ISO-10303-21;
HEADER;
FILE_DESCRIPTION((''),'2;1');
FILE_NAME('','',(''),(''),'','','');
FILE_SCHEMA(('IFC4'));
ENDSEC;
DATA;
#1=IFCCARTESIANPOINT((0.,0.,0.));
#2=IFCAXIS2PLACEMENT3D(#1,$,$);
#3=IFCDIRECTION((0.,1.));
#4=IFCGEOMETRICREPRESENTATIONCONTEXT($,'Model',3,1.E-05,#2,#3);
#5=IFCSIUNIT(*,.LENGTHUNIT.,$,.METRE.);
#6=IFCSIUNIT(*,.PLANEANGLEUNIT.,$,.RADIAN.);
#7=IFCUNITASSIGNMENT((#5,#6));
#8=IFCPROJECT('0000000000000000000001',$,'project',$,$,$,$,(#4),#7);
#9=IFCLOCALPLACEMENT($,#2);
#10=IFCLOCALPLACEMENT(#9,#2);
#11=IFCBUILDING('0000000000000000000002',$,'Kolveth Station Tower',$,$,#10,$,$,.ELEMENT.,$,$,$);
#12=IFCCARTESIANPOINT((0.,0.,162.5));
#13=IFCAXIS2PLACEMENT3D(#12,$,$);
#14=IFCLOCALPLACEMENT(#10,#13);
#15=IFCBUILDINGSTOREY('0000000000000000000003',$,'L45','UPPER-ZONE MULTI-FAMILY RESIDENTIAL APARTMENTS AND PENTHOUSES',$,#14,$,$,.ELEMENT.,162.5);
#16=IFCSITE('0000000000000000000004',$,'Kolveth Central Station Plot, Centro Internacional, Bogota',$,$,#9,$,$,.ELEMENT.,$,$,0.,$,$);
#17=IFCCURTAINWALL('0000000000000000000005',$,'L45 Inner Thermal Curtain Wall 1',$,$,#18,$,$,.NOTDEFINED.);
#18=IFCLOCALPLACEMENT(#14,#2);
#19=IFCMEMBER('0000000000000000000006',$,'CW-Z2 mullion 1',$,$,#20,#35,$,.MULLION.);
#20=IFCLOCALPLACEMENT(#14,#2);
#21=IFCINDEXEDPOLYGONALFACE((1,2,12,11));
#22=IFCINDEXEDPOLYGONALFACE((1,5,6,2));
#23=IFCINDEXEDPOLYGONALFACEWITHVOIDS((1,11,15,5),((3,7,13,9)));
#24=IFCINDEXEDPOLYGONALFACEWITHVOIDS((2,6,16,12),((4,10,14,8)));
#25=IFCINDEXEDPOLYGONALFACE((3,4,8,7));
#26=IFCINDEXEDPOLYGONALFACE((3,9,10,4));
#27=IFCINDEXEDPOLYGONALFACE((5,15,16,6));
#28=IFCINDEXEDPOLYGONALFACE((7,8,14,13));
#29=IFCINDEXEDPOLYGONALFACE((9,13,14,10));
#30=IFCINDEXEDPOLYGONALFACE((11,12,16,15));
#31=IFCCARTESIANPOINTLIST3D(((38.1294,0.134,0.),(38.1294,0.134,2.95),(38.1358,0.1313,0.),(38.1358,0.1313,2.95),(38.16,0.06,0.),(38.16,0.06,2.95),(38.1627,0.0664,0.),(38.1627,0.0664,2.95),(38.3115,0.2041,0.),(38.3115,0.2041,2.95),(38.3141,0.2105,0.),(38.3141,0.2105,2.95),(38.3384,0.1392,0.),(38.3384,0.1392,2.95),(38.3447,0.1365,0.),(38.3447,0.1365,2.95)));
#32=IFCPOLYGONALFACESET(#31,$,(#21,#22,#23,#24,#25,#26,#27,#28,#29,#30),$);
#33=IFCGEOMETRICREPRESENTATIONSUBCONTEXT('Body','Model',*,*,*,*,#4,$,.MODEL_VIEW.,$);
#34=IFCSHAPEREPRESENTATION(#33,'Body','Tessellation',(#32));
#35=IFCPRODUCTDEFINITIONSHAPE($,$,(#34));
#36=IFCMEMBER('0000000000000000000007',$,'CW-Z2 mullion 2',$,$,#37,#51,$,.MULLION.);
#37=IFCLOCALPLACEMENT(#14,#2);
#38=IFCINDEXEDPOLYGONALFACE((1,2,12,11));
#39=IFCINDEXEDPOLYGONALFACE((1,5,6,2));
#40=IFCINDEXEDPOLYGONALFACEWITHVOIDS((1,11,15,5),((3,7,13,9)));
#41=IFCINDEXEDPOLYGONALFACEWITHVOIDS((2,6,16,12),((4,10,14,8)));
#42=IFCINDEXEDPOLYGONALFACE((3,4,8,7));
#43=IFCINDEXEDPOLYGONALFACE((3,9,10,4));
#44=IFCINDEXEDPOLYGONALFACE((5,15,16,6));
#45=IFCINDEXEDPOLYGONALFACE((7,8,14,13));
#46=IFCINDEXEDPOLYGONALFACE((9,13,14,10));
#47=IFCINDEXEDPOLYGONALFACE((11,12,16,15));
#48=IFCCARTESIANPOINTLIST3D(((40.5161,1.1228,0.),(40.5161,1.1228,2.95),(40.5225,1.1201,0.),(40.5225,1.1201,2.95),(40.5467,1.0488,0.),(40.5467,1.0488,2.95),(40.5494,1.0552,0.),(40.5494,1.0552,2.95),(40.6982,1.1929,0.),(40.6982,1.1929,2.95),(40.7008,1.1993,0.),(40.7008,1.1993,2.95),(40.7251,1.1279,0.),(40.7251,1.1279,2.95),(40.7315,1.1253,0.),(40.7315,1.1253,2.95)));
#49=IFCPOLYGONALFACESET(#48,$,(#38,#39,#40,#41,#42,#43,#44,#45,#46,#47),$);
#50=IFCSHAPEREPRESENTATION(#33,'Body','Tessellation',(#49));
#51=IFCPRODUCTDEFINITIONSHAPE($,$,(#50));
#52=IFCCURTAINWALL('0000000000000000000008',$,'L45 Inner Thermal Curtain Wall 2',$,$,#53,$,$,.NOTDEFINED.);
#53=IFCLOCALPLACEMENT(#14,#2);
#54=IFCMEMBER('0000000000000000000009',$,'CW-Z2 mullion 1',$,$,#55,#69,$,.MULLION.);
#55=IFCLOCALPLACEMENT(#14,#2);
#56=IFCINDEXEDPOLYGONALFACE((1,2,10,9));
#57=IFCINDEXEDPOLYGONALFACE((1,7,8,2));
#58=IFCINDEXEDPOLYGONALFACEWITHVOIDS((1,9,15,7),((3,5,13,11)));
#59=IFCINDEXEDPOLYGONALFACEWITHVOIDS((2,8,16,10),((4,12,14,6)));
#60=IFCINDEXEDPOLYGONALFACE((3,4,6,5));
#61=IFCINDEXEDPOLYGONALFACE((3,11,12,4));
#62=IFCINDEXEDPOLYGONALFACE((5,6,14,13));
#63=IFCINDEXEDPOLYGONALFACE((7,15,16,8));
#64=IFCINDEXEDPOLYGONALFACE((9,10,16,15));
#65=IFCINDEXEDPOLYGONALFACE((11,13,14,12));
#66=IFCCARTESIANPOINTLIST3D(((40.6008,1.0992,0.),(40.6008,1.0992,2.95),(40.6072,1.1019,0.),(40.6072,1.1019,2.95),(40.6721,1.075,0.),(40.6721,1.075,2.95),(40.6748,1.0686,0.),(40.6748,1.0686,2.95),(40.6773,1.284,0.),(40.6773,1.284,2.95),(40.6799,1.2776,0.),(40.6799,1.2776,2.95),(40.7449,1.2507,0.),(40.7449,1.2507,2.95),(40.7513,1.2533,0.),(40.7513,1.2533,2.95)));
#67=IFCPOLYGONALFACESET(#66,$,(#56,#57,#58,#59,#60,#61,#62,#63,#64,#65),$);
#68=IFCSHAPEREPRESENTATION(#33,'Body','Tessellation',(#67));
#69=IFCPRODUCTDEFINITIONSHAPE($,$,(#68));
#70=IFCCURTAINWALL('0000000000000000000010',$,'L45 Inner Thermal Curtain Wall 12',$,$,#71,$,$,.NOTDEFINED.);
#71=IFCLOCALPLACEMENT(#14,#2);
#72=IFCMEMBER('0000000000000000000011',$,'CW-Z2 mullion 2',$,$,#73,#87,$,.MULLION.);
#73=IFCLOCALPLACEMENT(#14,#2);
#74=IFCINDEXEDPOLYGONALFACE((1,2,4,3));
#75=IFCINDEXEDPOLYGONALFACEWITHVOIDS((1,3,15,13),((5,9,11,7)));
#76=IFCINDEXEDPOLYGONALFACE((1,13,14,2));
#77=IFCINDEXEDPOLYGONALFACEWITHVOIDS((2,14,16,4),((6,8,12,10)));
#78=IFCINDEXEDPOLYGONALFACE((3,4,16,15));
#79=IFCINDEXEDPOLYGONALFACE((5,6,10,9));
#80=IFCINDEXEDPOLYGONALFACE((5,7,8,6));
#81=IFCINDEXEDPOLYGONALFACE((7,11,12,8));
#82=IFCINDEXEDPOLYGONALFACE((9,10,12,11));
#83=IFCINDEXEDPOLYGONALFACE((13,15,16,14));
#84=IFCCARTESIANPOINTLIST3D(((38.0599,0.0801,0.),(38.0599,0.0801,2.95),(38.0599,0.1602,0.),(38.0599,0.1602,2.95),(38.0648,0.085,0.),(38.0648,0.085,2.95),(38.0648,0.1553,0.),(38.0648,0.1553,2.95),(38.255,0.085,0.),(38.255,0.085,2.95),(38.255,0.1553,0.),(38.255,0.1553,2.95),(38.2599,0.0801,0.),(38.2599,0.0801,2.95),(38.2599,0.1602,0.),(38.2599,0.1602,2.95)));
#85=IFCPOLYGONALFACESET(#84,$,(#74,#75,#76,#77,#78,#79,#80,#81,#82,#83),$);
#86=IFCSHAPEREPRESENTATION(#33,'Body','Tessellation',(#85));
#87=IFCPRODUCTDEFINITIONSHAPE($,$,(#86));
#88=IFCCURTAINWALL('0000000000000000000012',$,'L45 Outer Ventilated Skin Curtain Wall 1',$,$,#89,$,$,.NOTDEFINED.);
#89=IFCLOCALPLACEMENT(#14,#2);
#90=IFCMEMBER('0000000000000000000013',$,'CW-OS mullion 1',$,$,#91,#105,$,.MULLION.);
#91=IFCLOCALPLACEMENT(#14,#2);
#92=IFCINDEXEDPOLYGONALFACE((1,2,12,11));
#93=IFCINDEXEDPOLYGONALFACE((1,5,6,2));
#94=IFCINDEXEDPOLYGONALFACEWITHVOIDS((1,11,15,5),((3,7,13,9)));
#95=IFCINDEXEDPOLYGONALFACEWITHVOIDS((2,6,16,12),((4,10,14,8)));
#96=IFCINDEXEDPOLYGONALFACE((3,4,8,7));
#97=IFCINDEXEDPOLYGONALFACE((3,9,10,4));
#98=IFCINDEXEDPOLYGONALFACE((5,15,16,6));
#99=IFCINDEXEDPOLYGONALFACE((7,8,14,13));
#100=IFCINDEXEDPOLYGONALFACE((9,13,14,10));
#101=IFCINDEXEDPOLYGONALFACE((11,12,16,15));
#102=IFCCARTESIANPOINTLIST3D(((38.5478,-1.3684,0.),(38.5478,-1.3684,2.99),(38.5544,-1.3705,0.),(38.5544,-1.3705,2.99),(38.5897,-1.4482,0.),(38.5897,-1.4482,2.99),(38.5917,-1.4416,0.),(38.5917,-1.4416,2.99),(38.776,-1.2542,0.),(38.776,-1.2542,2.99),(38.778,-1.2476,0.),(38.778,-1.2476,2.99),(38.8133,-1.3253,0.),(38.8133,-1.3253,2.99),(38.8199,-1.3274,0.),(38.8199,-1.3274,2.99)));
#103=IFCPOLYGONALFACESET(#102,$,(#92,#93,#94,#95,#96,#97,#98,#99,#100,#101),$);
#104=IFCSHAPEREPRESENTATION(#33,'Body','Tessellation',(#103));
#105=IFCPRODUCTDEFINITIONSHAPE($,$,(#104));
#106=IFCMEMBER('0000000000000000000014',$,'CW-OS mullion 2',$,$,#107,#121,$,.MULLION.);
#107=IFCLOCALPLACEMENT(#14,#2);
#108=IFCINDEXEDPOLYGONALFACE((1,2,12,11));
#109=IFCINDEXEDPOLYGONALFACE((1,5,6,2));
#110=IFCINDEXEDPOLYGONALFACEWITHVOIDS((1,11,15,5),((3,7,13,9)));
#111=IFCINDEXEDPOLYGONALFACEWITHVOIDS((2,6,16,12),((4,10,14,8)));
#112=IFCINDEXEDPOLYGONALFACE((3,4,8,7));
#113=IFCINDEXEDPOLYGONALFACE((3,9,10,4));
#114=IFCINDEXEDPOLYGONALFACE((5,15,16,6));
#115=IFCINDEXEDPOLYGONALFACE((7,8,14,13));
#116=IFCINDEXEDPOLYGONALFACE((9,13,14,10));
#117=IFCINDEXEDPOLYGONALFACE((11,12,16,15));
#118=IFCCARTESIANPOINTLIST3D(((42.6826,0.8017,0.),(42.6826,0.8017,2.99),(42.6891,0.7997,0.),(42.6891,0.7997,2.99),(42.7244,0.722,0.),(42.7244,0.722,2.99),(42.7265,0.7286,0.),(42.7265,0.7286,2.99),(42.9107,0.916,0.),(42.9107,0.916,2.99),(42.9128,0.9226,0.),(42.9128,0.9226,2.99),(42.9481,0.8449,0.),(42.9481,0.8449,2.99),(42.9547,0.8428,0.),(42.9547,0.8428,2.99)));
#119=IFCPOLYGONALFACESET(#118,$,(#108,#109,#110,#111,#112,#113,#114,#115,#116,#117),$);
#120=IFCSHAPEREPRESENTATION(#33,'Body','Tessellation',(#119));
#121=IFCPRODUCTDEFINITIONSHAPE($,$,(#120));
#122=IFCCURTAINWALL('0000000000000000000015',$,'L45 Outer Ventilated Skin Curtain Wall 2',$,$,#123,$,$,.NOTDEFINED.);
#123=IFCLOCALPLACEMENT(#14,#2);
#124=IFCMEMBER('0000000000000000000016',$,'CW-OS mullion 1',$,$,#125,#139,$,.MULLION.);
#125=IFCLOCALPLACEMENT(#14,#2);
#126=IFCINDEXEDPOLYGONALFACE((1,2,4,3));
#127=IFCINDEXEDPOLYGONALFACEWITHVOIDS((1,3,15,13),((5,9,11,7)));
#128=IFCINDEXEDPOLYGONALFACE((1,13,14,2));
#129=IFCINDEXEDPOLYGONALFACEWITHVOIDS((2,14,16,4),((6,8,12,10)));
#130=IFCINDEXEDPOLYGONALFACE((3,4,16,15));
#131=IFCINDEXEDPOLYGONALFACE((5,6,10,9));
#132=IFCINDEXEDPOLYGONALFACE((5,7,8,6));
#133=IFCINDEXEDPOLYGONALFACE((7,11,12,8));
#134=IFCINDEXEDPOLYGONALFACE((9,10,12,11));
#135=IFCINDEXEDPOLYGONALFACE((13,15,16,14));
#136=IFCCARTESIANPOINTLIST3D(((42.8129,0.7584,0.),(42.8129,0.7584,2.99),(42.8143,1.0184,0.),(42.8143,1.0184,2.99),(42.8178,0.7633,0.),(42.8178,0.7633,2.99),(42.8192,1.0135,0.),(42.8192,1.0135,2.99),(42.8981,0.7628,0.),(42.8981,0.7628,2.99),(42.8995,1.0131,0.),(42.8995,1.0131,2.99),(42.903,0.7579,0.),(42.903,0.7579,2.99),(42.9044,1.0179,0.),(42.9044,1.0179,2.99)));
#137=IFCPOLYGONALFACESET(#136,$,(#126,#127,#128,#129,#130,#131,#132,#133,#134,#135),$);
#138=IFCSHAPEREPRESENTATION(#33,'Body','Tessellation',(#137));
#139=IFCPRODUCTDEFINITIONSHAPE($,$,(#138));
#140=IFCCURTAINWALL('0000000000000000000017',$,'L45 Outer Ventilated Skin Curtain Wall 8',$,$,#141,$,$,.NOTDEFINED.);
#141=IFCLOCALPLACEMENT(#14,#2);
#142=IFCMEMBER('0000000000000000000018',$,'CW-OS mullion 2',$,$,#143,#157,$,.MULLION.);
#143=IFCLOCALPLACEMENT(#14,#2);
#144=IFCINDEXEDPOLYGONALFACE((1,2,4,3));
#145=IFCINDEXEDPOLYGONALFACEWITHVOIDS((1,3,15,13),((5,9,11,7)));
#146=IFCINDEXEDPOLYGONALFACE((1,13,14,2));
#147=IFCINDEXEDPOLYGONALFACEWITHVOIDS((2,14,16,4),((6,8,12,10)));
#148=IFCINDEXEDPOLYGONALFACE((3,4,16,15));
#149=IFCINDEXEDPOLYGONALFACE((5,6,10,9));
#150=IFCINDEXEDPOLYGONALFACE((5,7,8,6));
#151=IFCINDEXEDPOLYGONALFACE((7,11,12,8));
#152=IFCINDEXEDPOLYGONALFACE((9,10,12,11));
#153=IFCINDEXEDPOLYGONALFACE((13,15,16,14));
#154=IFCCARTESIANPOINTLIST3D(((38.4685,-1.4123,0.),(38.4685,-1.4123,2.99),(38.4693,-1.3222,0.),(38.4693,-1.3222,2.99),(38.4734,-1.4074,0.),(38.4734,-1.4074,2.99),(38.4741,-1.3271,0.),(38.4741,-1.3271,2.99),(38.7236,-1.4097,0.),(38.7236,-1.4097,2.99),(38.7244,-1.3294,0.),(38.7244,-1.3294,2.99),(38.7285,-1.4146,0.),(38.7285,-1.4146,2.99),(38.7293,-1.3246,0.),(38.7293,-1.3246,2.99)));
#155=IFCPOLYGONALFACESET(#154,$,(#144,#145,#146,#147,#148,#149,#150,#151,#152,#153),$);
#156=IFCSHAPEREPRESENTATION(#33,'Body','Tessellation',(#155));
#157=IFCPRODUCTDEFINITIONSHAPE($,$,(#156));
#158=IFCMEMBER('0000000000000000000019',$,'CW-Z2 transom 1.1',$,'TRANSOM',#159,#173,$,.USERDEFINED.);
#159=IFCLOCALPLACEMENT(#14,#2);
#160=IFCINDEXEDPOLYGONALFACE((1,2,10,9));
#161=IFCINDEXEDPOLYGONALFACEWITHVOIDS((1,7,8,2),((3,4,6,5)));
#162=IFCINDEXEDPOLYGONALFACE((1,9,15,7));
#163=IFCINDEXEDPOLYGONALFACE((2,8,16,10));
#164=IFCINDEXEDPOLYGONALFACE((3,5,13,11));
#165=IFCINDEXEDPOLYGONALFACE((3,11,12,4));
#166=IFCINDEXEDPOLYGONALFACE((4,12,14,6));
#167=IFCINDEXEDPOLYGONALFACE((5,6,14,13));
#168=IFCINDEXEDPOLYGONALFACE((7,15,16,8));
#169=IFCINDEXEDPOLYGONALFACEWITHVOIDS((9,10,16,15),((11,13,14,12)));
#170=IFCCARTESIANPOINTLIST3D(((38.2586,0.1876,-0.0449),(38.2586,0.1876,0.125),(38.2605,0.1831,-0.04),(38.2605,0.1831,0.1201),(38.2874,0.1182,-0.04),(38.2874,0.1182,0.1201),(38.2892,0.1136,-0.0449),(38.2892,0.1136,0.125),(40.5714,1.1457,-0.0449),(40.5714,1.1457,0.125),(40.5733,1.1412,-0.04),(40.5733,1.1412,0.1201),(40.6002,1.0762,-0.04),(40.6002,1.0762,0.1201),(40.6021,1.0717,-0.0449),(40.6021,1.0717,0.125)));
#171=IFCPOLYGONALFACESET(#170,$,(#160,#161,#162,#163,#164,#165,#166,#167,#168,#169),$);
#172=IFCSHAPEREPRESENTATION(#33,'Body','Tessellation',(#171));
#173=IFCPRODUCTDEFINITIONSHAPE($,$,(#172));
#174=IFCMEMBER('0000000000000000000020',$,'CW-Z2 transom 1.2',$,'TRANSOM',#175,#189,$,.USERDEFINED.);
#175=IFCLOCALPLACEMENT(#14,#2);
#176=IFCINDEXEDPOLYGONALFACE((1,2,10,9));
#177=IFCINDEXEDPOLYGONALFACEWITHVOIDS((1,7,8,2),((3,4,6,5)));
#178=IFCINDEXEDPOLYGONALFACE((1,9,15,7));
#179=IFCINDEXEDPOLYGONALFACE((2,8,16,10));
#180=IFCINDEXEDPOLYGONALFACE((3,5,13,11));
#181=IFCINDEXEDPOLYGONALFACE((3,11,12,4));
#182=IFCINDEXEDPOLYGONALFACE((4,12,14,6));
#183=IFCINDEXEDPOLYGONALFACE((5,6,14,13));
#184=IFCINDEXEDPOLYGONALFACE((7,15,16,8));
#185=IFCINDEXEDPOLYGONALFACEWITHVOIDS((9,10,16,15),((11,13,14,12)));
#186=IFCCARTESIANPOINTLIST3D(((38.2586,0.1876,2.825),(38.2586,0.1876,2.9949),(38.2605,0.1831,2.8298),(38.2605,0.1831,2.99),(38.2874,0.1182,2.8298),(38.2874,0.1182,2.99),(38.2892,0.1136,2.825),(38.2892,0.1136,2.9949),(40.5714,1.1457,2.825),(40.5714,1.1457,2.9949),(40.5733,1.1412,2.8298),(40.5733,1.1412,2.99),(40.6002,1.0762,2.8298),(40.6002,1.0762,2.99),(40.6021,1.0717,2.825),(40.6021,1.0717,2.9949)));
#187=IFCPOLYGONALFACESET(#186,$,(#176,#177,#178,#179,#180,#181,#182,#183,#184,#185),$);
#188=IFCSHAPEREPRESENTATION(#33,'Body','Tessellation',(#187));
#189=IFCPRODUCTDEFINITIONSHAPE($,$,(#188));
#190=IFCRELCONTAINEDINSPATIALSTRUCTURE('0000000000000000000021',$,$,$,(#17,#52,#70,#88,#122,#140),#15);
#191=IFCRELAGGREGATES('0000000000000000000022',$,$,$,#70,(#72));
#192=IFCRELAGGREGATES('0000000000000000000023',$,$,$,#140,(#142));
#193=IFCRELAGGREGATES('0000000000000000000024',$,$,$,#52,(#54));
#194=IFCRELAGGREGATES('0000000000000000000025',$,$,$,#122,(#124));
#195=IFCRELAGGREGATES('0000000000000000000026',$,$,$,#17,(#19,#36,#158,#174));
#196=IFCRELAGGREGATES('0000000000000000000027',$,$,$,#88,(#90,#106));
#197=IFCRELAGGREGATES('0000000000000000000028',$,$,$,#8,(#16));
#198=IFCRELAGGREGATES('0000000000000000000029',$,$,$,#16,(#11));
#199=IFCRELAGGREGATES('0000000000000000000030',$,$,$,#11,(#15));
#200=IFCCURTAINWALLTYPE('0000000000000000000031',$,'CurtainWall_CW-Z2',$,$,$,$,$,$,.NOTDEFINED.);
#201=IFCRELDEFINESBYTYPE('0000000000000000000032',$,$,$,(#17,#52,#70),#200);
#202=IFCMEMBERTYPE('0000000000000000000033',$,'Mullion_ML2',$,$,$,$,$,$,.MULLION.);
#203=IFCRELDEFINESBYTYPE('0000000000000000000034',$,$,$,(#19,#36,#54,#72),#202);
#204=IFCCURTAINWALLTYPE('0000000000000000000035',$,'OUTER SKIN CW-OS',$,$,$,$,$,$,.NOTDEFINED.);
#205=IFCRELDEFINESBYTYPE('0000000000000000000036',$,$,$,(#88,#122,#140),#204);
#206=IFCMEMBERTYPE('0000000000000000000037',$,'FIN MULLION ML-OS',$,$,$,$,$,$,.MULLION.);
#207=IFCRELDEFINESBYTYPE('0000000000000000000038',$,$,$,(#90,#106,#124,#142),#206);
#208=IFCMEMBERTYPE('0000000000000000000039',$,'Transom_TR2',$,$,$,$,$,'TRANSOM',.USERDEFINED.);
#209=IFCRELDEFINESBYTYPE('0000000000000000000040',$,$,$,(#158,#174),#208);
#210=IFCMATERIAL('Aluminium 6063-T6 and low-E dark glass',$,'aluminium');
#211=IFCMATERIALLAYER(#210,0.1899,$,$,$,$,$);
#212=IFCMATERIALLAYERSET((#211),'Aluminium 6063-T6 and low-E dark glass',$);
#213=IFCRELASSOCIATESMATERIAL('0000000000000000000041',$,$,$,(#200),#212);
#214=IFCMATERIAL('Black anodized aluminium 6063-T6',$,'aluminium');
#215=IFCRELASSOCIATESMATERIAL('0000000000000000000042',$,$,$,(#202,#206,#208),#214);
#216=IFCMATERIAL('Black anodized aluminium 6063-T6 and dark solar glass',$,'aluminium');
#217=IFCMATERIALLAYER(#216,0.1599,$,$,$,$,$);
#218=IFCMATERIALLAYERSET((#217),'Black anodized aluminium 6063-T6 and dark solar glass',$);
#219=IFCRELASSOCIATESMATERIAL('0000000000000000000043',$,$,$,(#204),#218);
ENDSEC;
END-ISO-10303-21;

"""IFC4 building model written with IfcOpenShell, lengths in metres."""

from ifc_helpers import new_model, si_unit, direction, frame, origin, origin_2d, place, context, subcontext, project, spatial, hollow_rectangle, extrude, source, transform, mapped, material, layer, layer_set, material_profile, profile_set, type_object, element, aggregate, save


model = new_model("IFC4")

# Units and contexts
model_context = context("Model", 3, precision=1e-05, world=origin(), true_north=direction((0.0, 1.0)))
body_context = subcontext(model_context, "Body", "Model", "MODEL_VIEW")
ifc_project = project(units=[si_unit("LENGTHUNIT", "METRE"), si_unit("PLANEANGLEUNIT", "RADIAN")], contexts=[model_context])

# Site, building, storey
site_placement = place(None, origin())
site = spatial("IfcSite", under=ifc_project, at=site_placement, Name="Kolveth Central Station Plot, Centro Internacional, Bogota", CompositionType="ELEMENT", RefElevation=0.0)
building_placement = place(site_placement, origin())
building = spatial("IfcBuilding", under=site, at=building_placement, Name="Kolveth Station Tower", CompositionType="ELEMENT")
storey_placement = place(building_placement, frame((0.0, 0.0, 162.5)))
storey = spatial("IfcBuildingStorey", under=building, at=storey_placement, Name="L45", Description="UPPER-ZONE MULTI-FAMILY RESIDENTIAL APARTMENTS AND PENTHOUSES", CompositionType="ELEMENT", Elevation=162.5)

# Curtain wall, members
ifc_material_1 = material(Name="Aluminium 6063-T6 and low-E dark glass", Category="aluminium")
ifc_layer_1 = layer(ifc_material_1, 0.1899)
ifc_layer_set_1 = layer_set([ifc_layer_1], Name="Aluminium 6063-T6 and low-E dark glass")
curtain_wall_type_1 = type_object("IfcCurtainWallType", Name="CurtainWall_CW-Z2", PredefinedType="NOTDEFINED", material=ifc_layer_set_1)
curtain_wall_1_placement = place(storey_placement, origin())
curtain_wall_1 = element("IfcCurtainWall", 1, at=curtain_wall_1_placement, inside=storey, type_object=curtain_wall_type_1, Name="L45 Inner Thermal Curtain Wall 1", PredefinedType="NOTDEFINED")
ifc_material_2 = material(Name="Black anodized aluminium 6063-T6", Category="aluminium")
ifc_material_profile_1 = material_profile(ifc_material_2, hollow_rectangle(XDim=0.0801, YDim=0.2, WallThickness=0.0049, at=origin_2d()), Name="ALU-80x200x5")
ifc_profile_set_1 = profile_set([ifc_material_profile_1], Name="Black anodized aluminium 6063-T6")
member_type_1 = type_object("IfcMemberType", Name="Mullion_ML2", PredefinedType="MULLION", material=ifc_profile_set_1)
shared_shape_1 = source(origin(), body_context, "Body", "SweptSolid", [
    extrude(hollow_rectangle(XDim=0.0801, YDim=0.2, WallThickness=0.0049, at=origin_2d()), origin(), (0.0, 0.0, 1.0), 2.95),
])
member_1_placement = place(storey_placement, frame((38.2371, 0.1353, 0.0), z_axis=(0.0, 0.0, 1.0), x_axis=(-0.382698, 0.923874, 0.0)))
member_1 = element("IfcMember", 2, at=member_1_placement, type_object=member_type_1, Name="CW-Z2 mullion 1", PredefinedType="MULLION", context=body_context, shape_type="MappedRepresentation", body=[
    mapped(shared_shape_1, transform((0.0, 0.0, 0.0), x_axis=(1.0, 0.0, 0.0), y_axis=(0.0, 1.0, 0.0), z_axis=(0.0, 0.0, 1.0), scale=1.0)),
])
member_2_placement = place(storey_placement, frame((40.6238, 1.124, 0.0), z_axis=(0.0, 0.0, 1.0), x_axis=(-0.382698, 0.923874, 0.0)))
member_2 = element("IfcMember", 3, at=member_2_placement, type_object=member_type_1, Name="CW-Z2 mullion 2", PredefinedType="MULLION", context=body_context, shape_type="MappedRepresentation", body=[
    mapped(shared_shape_1, transform((0.0, 0.0, 0.0), x_axis=(1.0, 0.0, 0.0), y_axis=(0.0, 1.0, 0.0), z_axis=(0.0, 0.0, 1.0), scale=1.0)),
])

# Curtain walls, members
curtain_wall_2_placement = place(storey_placement, origin())
curtain_wall_2 = element("IfcCurtainWall", 4, at=curtain_wall_2_placement, inside=storey, type_object=curtain_wall_type_1, Name="L45 Inner Thermal Curtain Wall 2", PredefinedType="NOTDEFINED")
member_3_placement = place(storey_placement, frame((40.676, 1.1763, 0.0), z_axis=(0.0, 0.0, 1.0), x_axis=(-0.923874, 0.382698, 0.0)))
member_3 = element("IfcMember", 5, at=member_3_placement, type_object=member_type_1, Name="CW-Z2 mullion 1", PredefinedType="MULLION", context=body_context, shape_type="MappedRepresentation", body=[
    mapped(shared_shape_1, transform((0.0, 0.0, 0.0), x_axis=(1.0, 0.0, 0.0), y_axis=(0.0, 1.0, 0.0), z_axis=(0.0, 0.0, 1.0), scale=1.0)),
])
curtain_wall_3_placement = place(storey_placement, origin())
curtain_wall_3 = element("IfcCurtainWall", 6, at=curtain_wall_3_placement, inside=storey, type_object=curtain_wall_type_1, Name="L45 Inner Thermal Curtain Wall 12", PredefinedType="NOTDEFINED")
member_4_placement = place(storey_placement, frame((38.1599, 0.1201, 0.0), z_axis=(0.0, 0.0, 1.0), x_axis=(0.0, 1.0, 0.0)))
member_4 = element("IfcMember", 7, at=member_4_placement, type_object=member_type_1, Name="CW-Z2 mullion 2", PredefinedType="MULLION", context=body_context, shape_type="MappedRepresentation", body=[
    mapped(shared_shape_1, transform((0.0, 0.0, 0.0), x_axis=(1.0, 0.0, 0.0), y_axis=(0.0, 1.0, 0.0), z_axis=(0.0, 0.0, 1.0), scale=1.0)),
])
aggregate(curtain_wall_3, [member_4])

# Curtain wall, members
ifc_material_3 = material(Name="Black anodized aluminium 6063-T6 and dark solar glass", Category="aluminium")
ifc_layer_2 = layer(ifc_material_3, 0.1599)
ifc_layer_set_2 = layer_set([ifc_layer_2], Name="Black anodized aluminium 6063-T6 and dark solar glass")
curtain_wall_type_2 = type_object("IfcCurtainWallType", Name="OUTER SKIN CW-OS", PredefinedType="NOTDEFINED", material=ifc_layer_set_2)
curtain_wall_4_placement = place(storey_placement, origin())
curtain_wall_4 = element("IfcCurtainWall", 8, at=curtain_wall_4_placement, inside=storey, type_object=curtain_wall_type_2, Name="L45 Outer Ventilated Skin Curtain Wall 1", PredefinedType="NOTDEFINED")
ifc_material_profile_2 = material_profile(ifc_material_2, hollow_rectangle(XDim=0.0901, YDim=0.26, WallThickness=0.0049, at=origin_2d()), Name="ALU-90x260x5")
ifc_profile_set_2 = profile_set([ifc_material_profile_2], Name="Black anodized aluminium 6063-T6")
member_type_2 = type_object("IfcMemberType", Name="FIN MULLION ML-OS", PredefinedType="MULLION", material=ifc_profile_set_2)
shared_shape_2 = source(origin(), body_context, "Body", "SweptSolid", [
    extrude(hollow_rectangle(XDim=0.0901, YDim=0.26, WallThickness=0.0049, at=origin_2d()), origin(), (0.0, 0.0, 1.0), 2.99),
])
member_5_placement = place(storey_placement, frame((38.6838, -1.3479, 0.0), z_axis=(0.0, 0.0, 1.0), x_axis=(-0.464724, 0.885455, 0.0)))
member_5 = element("IfcMember", 9, at=member_5_placement, type_object=member_type_2, Name="CW-OS mullion 1", PredefinedType="MULLION", context=body_context, shape_type="MappedRepresentation", body=[
    mapped(shared_shape_2, transform((0.0, 0.0, 0.0), x_axis=(1.0, 0.0, 0.0), y_axis=(0.0, 1.0, 0.0), z_axis=(0.0, 0.0, 1.0), scale=1.0)),
])
member_6_placement = place(storey_placement, frame((42.8186, 0.8223, 0.0), z_axis=(0.0, 0.0, 1.0), x_axis=(-0.464724, 0.885455, 0.0)))
member_6 = element("IfcMember", 10, at=member_6_placement, type_object=member_type_2, Name="CW-OS mullion 2", PredefinedType="MULLION", context=body_context, shape_type="MappedRepresentation", body=[
    mapped(shared_shape_2, transform((0.0, 0.0, 0.0), x_axis=(1.0, 0.0, 0.0), y_axis=(0.0, 1.0, 0.0), z_axis=(0.0, 0.0, 1.0), scale=1.0)),
])

# Curtain walls, members
curtain_wall_5_placement = place(storey_placement, origin())
curtain_wall_5 = element("IfcCurtainWall", 11, at=curtain_wall_5_placement, inside=storey, type_object=curtain_wall_type_2, Name="L45 Outer Ventilated Skin Curtain Wall 2", PredefinedType="NOTDEFINED")
member_7_placement = place(storey_placement, frame((42.8586, 0.8882, 0.0), z_axis=(0.0, 0.0, 1.0), x_axis=(-0.999985, 0.005388, 0.0)))
member_7 = element("IfcMember", 12, at=member_7_placement, type_object=member_type_2, Name="CW-OS mullion 1", PredefinedType="MULLION", context=body_context, shape_type="MappedRepresentation", body=[
    mapped(shared_shape_2, transform((0.0, 0.0, 0.0), x_axis=(1.0, 0.0, 0.0), y_axis=(0.0, 1.0, 0.0), z_axis=(0.0, 0.0, 1.0), scale=1.0)),
])
curtain_wall_6_placement = place(storey_placement, origin())
curtain_wall_6 = element("IfcCurtainWall", 13, at=curtain_wall_6_placement, inside=storey, type_object=curtain_wall_type_2, Name="L45 Outer Ventilated Skin Curtain Wall 8", PredefinedType="NOTDEFINED")
member_8_placement = place(storey_placement, frame((38.5989, -1.3684, 0.0), z_axis=(0.0, 0.0, 1.0), x_axis=(0.009153, 0.999958, 0.0)))
member_8 = element("IfcMember", 14, at=member_8_placement, type_object=member_type_2, Name="CW-OS mullion 2", PredefinedType="MULLION", context=body_context, shape_type="MappedRepresentation", body=[
    mapped(shared_shape_2, transform((0.0, 0.0, 0.0), x_axis=(1.0, 0.0, 0.0), y_axis=(0.0, 1.0, 0.0), z_axis=(0.0, 0.0, 1.0), scale=1.0)),
])
aggregate(curtain_wall_6, [member_8])

# Members
ifc_material_profile_3 = material_profile(ifc_material_2, hollow_rectangle(XDim=0.0801, YDim=0.1699, WallThickness=0.0049, at=origin_2d()), Name="ALU-80x170x5")
ifc_profile_set_3 = profile_set([ifc_material_profile_3], Name="Black anodized aluminium 6063-T6")
member_type_3 = type_object("IfcMemberType", Name="Transom_TR2", ElementType="TRANSOM", PredefinedType="USERDEFINED", material=ifc_profile_set_3)
shared_shape_3 = source(origin(), body_context, "Body", "SweptSolid", [
    extrude(hollow_rectangle(XDim=0.0801, YDim=0.1699, WallThickness=0.0049, at=origin_2d()), origin(), (0.0, 0.0, 1.0), 2.5034),
])
member_9_placement = place(storey_placement, frame((38.2739, 0.1506, 0.04), z_axis=(0.923874, 0.382696, 0.0), x_axis=(-0.382696, 0.923874, 0.0)))
member_9 = element("IfcMember", 15, at=member_9_placement, type_object=member_type_3, Name="CW-Z2 transom 1.1", ObjectType="TRANSOM", PredefinedType="USERDEFINED", context=body_context, shape_type="MappedRepresentation", body=[
    mapped(shared_shape_3, transform((0.0, 0.0, 0.0), x_axis=(1.0, 0.0, 0.0), y_axis=(0.0, 1.0, 0.0), z_axis=(0.0, 0.0, 1.0), scale=1.0)),
])
member_10_placement = place(storey_placement, frame((38.2739, 0.1506, 2.9099), z_axis=(0.923874, 0.382696, 0.0), x_axis=(-0.382696, 0.923874, 0.0)))
member_10 = element("IfcMember", 16, at=member_10_placement, type_object=member_type_3, Name="CW-Z2 transom 1.2", ObjectType="TRANSOM", PredefinedType="USERDEFINED", context=body_context, shape_type="MappedRepresentation", body=[
    mapped(shared_shape_3, transform((0.0, 0.0, 0.0), x_axis=(1.0, 0.0, 0.0), y_axis=(0.0, 1.0, 0.0), z_axis=(0.0, 0.0, 1.0), scale=1.0)),
])
aggregate(curtain_wall_2, [member_3])
aggregate(curtain_wall_5, [member_7])

aggregate(curtain_wall_1, [member_1, member_2, member_9, member_10])
aggregate(curtain_wall_4, [member_5, member_6])

save(model, "model.ifc")
